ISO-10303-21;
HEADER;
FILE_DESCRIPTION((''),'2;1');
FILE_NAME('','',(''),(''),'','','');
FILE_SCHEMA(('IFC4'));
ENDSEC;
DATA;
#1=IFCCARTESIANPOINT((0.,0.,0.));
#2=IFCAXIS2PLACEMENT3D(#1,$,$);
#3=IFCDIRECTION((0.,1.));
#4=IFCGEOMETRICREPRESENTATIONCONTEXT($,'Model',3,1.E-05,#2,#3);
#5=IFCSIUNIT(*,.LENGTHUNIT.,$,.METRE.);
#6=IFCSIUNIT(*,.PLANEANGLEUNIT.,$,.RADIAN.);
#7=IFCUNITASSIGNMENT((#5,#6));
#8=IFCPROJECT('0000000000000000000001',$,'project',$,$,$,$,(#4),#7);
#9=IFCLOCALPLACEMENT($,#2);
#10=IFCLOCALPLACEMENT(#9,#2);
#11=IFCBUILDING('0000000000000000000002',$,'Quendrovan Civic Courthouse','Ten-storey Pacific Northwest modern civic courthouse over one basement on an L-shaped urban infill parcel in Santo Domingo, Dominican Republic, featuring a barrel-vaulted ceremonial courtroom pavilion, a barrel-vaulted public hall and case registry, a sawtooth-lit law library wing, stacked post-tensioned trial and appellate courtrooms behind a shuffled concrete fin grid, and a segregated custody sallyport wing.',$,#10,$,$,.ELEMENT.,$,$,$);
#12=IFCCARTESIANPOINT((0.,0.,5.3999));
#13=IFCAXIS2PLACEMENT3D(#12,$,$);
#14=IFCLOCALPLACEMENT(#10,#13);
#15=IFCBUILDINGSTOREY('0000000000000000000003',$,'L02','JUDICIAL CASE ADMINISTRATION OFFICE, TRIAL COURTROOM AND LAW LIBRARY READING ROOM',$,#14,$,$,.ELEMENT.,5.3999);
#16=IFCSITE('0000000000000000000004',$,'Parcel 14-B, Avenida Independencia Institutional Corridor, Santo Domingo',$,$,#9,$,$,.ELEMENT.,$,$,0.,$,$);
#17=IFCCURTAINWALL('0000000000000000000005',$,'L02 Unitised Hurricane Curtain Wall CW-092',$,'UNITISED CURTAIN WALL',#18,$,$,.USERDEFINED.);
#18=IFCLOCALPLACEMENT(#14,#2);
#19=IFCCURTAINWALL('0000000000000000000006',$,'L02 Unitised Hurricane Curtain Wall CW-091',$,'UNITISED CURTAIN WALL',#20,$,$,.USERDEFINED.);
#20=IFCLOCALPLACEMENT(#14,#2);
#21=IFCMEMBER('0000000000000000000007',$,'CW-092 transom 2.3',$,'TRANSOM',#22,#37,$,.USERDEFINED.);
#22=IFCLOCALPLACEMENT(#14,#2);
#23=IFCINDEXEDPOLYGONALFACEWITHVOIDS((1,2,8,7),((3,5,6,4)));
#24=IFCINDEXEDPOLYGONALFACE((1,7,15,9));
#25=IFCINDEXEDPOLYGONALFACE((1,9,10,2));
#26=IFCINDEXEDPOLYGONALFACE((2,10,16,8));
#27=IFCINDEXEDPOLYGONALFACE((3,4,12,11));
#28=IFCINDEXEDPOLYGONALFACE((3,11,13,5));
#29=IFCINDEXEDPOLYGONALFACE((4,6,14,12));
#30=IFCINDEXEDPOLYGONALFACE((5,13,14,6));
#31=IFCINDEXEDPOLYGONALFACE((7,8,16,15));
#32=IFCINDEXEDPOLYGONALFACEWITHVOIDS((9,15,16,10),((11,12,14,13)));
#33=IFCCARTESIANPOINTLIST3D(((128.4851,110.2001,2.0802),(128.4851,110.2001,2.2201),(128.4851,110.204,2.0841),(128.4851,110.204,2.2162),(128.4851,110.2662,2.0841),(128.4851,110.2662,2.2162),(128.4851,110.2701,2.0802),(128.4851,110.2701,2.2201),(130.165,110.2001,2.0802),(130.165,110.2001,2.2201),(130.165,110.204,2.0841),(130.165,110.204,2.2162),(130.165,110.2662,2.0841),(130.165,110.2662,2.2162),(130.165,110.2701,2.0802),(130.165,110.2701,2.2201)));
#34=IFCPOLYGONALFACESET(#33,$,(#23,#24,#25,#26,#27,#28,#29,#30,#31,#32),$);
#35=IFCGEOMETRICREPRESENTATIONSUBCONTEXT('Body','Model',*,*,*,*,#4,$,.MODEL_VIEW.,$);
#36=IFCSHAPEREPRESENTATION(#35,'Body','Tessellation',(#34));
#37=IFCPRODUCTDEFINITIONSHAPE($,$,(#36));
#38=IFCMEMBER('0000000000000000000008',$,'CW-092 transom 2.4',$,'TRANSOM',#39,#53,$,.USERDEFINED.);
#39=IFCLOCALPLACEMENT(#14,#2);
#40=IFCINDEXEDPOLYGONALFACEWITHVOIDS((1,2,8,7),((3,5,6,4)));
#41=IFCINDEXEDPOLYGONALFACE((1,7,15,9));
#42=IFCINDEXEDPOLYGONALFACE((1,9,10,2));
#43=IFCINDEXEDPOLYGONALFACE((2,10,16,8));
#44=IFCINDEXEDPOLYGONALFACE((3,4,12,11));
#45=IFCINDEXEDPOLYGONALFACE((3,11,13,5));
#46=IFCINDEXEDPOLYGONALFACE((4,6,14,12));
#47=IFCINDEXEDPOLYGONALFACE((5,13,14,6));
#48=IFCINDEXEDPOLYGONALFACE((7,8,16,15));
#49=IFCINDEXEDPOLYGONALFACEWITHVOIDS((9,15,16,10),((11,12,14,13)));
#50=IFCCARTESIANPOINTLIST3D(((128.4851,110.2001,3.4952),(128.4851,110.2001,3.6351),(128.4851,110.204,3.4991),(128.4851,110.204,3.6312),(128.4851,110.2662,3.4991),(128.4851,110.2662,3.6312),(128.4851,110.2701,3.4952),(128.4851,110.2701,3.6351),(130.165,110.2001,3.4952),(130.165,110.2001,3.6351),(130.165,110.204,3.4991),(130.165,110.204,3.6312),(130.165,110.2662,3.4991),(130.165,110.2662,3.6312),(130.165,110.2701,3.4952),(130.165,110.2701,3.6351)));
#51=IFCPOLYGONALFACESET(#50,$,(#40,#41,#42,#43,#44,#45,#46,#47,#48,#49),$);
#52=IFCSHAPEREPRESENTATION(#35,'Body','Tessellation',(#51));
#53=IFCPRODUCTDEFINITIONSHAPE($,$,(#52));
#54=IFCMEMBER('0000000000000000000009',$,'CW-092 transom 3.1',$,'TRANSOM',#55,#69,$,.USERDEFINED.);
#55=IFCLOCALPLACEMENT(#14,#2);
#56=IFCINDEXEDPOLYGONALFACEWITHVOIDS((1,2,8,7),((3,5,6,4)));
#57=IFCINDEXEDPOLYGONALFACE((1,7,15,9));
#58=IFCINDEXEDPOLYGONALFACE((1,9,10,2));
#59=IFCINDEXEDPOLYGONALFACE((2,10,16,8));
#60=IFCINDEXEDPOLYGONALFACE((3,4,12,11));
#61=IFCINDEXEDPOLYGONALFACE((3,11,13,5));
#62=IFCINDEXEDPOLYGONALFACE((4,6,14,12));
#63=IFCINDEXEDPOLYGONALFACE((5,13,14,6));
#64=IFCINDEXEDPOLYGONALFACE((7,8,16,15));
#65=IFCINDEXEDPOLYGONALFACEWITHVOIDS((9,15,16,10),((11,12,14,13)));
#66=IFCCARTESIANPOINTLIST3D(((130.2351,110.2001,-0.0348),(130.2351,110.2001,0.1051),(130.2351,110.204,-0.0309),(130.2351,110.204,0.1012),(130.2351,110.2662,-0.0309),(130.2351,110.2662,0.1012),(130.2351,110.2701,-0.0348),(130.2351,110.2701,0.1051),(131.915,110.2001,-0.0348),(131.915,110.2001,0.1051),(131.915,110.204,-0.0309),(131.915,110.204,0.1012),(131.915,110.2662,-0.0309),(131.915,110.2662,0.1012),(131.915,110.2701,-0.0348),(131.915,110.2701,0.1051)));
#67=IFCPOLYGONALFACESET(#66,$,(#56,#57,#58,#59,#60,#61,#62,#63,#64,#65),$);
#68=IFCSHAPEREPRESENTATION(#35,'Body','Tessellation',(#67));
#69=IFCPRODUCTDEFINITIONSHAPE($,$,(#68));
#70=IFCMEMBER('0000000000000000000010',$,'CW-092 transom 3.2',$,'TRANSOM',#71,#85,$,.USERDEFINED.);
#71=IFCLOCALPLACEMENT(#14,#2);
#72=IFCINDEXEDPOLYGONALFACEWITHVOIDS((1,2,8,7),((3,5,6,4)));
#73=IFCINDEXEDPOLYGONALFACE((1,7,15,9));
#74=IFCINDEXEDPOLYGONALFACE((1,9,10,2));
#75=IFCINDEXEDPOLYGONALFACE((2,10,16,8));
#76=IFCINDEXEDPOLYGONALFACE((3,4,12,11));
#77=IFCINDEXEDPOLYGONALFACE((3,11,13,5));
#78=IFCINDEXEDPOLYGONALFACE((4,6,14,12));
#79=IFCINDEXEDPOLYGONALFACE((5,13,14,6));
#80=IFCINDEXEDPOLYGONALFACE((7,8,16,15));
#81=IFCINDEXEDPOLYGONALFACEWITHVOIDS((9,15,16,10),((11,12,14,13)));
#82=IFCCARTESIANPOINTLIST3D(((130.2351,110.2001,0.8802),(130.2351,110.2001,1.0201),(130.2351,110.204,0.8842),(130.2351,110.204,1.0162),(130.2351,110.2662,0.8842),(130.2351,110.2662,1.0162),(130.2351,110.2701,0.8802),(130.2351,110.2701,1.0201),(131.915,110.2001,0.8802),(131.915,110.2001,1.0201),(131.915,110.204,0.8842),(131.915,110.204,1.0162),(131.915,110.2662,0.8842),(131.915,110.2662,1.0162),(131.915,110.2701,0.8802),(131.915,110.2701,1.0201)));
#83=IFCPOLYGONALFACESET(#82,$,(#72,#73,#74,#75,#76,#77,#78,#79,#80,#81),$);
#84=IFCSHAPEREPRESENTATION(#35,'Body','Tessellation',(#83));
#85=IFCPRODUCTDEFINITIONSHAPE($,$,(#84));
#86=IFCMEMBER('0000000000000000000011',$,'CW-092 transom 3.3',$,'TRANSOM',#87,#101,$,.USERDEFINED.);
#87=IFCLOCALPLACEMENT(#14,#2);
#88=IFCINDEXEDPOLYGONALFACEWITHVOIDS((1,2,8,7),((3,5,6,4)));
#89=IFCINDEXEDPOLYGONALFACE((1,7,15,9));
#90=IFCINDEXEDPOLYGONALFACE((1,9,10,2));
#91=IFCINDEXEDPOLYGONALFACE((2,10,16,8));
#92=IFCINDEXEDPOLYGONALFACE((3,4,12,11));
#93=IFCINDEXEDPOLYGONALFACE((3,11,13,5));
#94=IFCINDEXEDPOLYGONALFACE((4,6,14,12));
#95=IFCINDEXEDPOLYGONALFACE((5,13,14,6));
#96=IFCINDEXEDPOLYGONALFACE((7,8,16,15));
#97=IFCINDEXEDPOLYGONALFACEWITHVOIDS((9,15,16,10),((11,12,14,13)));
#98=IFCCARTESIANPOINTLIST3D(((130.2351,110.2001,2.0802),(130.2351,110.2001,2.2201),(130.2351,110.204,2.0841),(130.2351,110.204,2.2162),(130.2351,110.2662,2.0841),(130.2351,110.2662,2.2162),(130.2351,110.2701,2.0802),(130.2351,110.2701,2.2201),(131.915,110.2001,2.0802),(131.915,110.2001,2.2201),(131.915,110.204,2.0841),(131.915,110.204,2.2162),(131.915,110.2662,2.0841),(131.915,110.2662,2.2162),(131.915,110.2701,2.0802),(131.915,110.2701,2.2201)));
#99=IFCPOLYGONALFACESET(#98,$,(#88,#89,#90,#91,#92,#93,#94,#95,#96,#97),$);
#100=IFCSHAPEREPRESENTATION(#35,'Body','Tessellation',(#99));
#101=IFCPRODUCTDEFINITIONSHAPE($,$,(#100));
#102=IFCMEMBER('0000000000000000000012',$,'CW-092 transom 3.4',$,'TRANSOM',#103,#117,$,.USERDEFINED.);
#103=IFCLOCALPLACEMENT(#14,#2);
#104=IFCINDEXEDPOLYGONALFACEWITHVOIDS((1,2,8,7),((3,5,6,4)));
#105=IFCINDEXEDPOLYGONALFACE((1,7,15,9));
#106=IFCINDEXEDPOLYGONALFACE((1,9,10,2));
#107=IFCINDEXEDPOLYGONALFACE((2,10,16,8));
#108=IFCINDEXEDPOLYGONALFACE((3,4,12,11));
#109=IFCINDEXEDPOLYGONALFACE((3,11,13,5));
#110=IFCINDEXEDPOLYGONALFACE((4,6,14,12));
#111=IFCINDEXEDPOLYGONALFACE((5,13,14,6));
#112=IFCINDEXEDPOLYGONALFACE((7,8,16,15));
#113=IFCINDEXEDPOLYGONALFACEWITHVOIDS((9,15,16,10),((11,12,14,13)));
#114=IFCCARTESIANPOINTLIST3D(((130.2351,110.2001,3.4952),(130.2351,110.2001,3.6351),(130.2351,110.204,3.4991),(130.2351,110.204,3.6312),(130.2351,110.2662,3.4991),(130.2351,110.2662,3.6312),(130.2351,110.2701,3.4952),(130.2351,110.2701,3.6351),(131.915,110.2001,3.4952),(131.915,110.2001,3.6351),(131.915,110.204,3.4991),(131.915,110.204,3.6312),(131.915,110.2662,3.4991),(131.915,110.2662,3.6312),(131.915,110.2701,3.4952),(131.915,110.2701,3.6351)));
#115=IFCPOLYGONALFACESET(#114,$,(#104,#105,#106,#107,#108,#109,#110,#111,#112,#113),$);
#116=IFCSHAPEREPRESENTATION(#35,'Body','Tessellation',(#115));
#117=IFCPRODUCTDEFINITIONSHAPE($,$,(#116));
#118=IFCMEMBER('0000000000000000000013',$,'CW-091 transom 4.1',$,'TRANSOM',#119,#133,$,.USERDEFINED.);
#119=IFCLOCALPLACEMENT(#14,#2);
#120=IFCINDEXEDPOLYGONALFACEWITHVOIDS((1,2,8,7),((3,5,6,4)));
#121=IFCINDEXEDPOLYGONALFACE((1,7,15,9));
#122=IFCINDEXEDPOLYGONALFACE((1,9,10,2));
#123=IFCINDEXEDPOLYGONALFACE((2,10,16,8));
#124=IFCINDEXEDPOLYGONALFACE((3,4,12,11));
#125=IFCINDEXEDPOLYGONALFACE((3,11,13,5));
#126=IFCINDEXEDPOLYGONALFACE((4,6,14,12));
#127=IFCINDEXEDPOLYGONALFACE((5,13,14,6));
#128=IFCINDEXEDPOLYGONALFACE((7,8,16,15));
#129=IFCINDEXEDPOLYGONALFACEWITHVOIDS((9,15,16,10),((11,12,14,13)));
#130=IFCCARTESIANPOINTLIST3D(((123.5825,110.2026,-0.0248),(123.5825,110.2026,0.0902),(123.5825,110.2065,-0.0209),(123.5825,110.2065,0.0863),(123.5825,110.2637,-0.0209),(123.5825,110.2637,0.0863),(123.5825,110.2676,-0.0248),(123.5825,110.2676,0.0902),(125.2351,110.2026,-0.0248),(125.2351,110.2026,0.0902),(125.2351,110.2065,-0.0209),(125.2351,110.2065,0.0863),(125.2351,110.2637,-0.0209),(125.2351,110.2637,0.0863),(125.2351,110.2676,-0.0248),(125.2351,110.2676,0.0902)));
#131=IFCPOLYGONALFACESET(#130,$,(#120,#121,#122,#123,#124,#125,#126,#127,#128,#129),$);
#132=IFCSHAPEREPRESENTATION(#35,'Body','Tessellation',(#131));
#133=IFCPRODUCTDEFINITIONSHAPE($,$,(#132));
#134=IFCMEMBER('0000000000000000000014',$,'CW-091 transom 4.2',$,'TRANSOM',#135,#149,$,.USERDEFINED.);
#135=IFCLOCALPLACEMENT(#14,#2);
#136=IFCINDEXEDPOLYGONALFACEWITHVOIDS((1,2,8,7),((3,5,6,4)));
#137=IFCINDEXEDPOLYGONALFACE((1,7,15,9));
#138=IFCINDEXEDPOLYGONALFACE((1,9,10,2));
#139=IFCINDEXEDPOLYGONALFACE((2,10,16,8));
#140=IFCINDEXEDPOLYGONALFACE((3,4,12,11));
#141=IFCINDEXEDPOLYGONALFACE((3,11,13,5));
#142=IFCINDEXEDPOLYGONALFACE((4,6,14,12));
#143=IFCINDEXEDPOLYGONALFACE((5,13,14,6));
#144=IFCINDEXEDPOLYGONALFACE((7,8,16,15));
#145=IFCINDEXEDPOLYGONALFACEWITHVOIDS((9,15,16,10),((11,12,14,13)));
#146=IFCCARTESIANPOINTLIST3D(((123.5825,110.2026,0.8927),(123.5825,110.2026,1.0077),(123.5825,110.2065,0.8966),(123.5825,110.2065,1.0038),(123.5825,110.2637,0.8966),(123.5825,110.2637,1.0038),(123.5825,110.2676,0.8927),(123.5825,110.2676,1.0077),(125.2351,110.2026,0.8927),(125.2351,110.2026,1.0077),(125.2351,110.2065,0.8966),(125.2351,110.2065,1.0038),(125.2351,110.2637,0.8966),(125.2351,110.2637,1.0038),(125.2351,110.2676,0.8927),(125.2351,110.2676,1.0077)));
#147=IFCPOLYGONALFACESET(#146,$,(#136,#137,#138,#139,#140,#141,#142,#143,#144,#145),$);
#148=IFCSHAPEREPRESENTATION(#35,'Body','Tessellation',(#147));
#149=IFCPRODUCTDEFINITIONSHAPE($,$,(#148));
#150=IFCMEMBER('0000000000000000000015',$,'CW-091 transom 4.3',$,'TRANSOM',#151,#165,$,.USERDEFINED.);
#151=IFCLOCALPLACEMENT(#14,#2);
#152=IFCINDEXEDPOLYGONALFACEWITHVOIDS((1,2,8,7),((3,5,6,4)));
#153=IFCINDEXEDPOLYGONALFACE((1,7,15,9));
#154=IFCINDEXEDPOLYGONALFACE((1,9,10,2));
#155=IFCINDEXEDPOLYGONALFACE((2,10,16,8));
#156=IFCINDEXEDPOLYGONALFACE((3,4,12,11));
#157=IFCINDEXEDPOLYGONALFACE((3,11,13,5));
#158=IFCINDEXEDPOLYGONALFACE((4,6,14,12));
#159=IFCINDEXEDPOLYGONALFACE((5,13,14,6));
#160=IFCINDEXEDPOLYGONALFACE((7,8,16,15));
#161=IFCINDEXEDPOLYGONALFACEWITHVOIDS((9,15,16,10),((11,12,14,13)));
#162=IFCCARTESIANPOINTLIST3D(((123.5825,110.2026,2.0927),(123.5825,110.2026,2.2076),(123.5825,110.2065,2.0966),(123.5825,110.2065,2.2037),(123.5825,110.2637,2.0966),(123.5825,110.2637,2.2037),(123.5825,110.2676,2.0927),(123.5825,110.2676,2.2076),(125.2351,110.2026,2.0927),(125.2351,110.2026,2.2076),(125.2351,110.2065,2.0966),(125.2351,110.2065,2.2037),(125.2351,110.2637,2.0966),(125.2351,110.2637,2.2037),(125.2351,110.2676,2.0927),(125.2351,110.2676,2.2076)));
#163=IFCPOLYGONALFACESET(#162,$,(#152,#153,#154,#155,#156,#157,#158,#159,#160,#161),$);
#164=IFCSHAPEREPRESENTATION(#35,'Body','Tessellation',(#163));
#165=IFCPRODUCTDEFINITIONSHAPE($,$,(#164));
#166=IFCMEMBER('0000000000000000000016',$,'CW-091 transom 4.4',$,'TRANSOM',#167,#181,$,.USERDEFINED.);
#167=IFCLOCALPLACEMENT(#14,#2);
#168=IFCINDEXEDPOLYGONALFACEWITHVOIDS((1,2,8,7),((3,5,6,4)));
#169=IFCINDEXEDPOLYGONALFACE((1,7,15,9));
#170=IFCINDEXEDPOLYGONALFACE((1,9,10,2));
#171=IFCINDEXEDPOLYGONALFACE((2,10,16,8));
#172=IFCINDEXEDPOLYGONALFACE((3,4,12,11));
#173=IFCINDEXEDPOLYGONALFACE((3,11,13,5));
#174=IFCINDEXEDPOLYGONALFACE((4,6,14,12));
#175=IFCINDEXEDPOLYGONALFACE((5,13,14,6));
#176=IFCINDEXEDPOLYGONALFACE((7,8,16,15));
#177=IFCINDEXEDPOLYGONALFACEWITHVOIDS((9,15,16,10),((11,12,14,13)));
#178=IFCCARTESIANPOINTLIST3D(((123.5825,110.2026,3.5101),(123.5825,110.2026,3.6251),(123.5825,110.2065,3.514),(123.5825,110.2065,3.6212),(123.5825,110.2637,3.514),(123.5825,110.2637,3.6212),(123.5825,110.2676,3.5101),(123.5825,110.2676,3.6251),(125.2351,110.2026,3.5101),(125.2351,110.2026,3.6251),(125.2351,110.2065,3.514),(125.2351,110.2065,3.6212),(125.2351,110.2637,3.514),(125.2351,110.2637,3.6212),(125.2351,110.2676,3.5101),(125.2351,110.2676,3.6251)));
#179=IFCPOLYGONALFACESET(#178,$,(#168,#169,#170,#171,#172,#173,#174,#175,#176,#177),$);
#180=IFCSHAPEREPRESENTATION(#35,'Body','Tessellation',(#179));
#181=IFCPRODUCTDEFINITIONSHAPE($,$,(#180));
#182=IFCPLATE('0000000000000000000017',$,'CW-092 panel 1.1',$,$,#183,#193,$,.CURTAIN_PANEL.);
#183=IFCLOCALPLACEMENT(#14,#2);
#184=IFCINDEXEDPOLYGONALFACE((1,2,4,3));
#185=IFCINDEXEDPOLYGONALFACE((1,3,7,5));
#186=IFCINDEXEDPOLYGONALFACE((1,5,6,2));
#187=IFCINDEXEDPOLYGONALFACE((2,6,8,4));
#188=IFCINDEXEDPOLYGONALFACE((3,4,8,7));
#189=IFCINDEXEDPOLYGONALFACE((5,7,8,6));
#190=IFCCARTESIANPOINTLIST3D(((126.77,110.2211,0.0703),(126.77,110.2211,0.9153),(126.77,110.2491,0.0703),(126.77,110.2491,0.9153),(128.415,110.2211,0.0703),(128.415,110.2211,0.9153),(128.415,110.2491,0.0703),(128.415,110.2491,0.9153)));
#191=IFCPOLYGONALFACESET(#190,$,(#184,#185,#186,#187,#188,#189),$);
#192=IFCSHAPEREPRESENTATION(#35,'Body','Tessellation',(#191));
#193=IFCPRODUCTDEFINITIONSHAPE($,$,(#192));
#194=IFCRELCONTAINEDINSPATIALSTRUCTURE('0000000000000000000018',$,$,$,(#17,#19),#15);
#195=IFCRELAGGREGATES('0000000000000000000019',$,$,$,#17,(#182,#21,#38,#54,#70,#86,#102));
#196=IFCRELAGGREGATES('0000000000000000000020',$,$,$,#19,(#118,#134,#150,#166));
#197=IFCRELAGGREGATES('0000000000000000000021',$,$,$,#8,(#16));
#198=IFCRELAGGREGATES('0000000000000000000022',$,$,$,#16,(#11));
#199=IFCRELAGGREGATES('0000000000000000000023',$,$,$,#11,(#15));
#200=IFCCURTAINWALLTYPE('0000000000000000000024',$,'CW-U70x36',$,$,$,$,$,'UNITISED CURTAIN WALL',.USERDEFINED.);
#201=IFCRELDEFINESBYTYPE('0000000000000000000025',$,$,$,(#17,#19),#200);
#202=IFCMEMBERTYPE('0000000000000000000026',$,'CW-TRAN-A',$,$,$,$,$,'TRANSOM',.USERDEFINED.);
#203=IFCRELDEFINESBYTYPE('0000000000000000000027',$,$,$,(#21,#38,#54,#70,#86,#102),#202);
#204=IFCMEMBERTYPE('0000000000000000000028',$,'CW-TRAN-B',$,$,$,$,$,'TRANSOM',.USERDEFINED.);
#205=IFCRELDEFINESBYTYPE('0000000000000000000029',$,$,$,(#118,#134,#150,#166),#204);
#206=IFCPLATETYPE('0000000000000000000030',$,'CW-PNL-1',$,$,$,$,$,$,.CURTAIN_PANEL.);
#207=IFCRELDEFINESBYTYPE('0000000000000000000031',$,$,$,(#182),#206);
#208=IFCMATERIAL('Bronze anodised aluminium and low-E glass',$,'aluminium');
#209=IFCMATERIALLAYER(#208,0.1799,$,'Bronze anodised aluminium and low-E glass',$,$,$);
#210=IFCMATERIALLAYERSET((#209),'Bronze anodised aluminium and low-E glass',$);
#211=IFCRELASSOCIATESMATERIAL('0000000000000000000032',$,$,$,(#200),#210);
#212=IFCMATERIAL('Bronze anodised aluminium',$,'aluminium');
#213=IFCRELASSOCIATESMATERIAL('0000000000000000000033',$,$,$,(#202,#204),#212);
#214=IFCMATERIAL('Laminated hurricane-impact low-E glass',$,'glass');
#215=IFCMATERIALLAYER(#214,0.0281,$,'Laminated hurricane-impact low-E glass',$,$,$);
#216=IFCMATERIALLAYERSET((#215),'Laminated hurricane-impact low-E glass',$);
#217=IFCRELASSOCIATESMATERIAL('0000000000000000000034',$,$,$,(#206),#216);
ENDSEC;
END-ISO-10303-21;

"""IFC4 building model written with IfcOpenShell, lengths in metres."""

from ifc_helpers import new_model, si_unit, direction, frame, origin, origin_2d, place, context, subcontext, project, spatial, rectangle, hollow_rectangle, extrude, material, layer, layer_set, material_profile, profile_set, type_object, element, aggregate, save


model = new_model("IFC4")

# Units and contexts
model_context = context("Model", 3, precision=1e-05, world=origin(), true_north=direction((0.0, 1.0)))
body_context = subcontext(model_context, "Body", "Model", "MODEL_VIEW")
ifc_project = project(units=[si_unit("LENGTHUNIT", "METRE"), si_unit("PLANEANGLEUNIT", "RADIAN")], contexts=[model_context])

# Site, building, storey
site_placement = place(None, origin())
site = spatial("IfcSite", under=ifc_project, at=site_placement, Name="Parcel 14-B, Avenida Independencia Institutional Corridor, Santo Domingo", CompositionType="ELEMENT", RefElevation=0.0)
building_placement = place(site_placement, origin())
building = spatial("IfcBuilding", under=site, at=building_placement, Name="Quendrovan Civic Courthouse", Description="Ten-storey Pacific Northwest modern civic courthouse over one basement on an L-shaped urban infill parcel in Santo Domingo, Dominican Republic, featuring a barrel-vaulted ceremonial courtroom pavilion, a barrel-vaulted public hall and case registry, a sawtooth-lit law library wing, stacked post-tensioned trial and appellate courtrooms behind a shuffled concrete fin grid, and a segregated custody sallyport wing.", CompositionType="ELEMENT")
storey_placement = place(building_placement, frame((0.0, 0.0, 5.3999)))
storey = spatial("IfcBuildingStorey", under=building, at=storey_placement, Name="L02", Description="JUDICIAL CASE ADMINISTRATION OFFICE, TRIAL COURTROOM AND LAW LIBRARY READING ROOM", CompositionType="ELEMENT", Elevation=5.3999)

# Curtain walls
ifc_material_1 = material(Name="Bronze anodised aluminium and low-E glass", Category="aluminium")
ifc_layer_1 = layer(ifc_material_1, 0.1799, Name="Bronze anodised aluminium and low-E glass")
ifc_layer_set_1 = layer_set([ifc_layer_1], Name="Bronze anodised aluminium and low-E glass")
curtain_wall_type = type_object("IfcCurtainWallType", Name="CW-U70x36", ElementType="UNITISED CURTAIN WALL", PredefinedType="USERDEFINED", material=ifc_layer_set_1)
curtain_wall_1_placement = place(storey_placement, origin())
curtain_wall_1 = element("IfcCurtainWall", 1, at=curtain_wall_1_placement, inside=storey, type_object=curtain_wall_type, Name="L02 Unitised Hurricane Curtain Wall CW-092", ObjectType="UNITISED CURTAIN WALL", PredefinedType="USERDEFINED")
ifc_material_2 = material(Name="Bronze anodised aluminium", Category="aluminium")
curtain_wall_2_placement = place(storey_placement, origin())
curtain_wall_2 = element("IfcCurtainWall", 2, at=curtain_wall_2_placement, inside=storey, type_object=curtain_wall_type, Name="L02 Unitised Hurricane Curtain Wall CW-091", ObjectType="UNITISED CURTAIN WALL", PredefinedType="USERDEFINED")

# Members
ifc_material_profile_1 = material_profile(ifc_material_2, hollow_rectangle(XDim=0.0701, YDim=0.1399, WallThickness=0.0039, at=origin_2d()), Name="CW-TRAN-70x140")
ifc_profile_set_1 = profile_set([ifc_material_profile_1], Name="Bronze anodised aluminium")
member_type_1 = type_object("IfcMemberType", Name="CW-TRAN-A", ElementType="TRANSOM", PredefinedType="USERDEFINED", material=ifc_profile_set_1)
member_1_placement = place(storey_placement, frame((128.4851, 110.2351, 2.1501), z_axis=(1.0, 0.0, 0.0), x_axis=(0.0, 1.0, 0.0)))
member_1 = element("IfcMember", 3, at=member_1_placement, type_object=member_type_1, Name="CW-092 transom 2.3", ObjectType="TRANSOM", PredefinedType="USERDEFINED", context=body_context, shape_type="SweptSolid", body=[
    extrude(hollow_rectangle(XDim=0.0701, YDim=0.1399, WallThickness=0.0039, at=origin_2d()), origin(), (0.0, 0.0, 1.0), 1.6799),
])
member_2_placement = place(storey_placement, frame((128.4851, 110.2351, 3.5652), z_axis=(1.0, 0.0, 0.0), x_axis=(0.0, 1.0, 0.0)))
member_2 = element("IfcMember", 4, at=member_2_placement, type_object=member_type_1, Name="CW-092 transom 2.4", ObjectType="TRANSOM", PredefinedType="USERDEFINED", context=body_context, shape_type="SweptSolid", body=[
    extrude(hollow_rectangle(XDim=0.0701, YDim=0.1399, WallThickness=0.0039, at=origin_2d()), origin(), (0.0, 0.0, 1.0), 1.6799),
])
member_3_placement = place(storey_placement, frame((130.2351, 110.2351, 0.0352), z_axis=(1.0, 0.0, 0.0), x_axis=(0.0, 1.0, 0.0)))
member_3 = element("IfcMember", 5, at=member_3_placement, type_object=member_type_1, Name="CW-092 transom 3.1", ObjectType="TRANSOM", PredefinedType="USERDEFINED", context=body_context, shape_type="SweptSolid", body=[
    extrude(hollow_rectangle(XDim=0.0701, YDim=0.1399, WallThickness=0.0039, at=origin_2d()), origin(), (0.0, 0.0, 1.0), 1.6799),
])
member_4_placement = place(storey_placement, frame((130.2351, 110.2351, 0.9502), z_axis=(1.0, 0.0, 0.0), x_axis=(0.0, 1.0, 0.0)))
member_4 = element("IfcMember", 6, at=member_4_placement, type_object=member_type_1, Name="CW-092 transom 3.2", ObjectType="TRANSOM", PredefinedType="USERDEFINED", context=body_context, shape_type="SweptSolid", body=[
    extrude(hollow_rectangle(XDim=0.0701, YDim=0.1399, WallThickness=0.0039, at=origin_2d()), origin(), (0.0, 0.0, 1.0), 1.6799),
])
member_5_placement = place(storey_placement, frame((130.2351, 110.2351, 2.1501), z_axis=(1.0, 0.0, 0.0), x_axis=(0.0, 1.0, 0.0)))
member_5 = element("IfcMember", 7, at=member_5_placement, type_object=member_type_1, Name="CW-092 transom 3.3", ObjectType="TRANSOM", PredefinedType="USERDEFINED", context=body_context, shape_type="SweptSolid", body=[
    extrude(hollow_rectangle(XDim=0.0701, YDim=0.1399, WallThickness=0.0039, at=origin_2d()), origin(), (0.0, 0.0, 1.0), 1.6799),
])
member_6_placement = place(storey_placement, frame((130.2351, 110.2351, 3.5652), z_axis=(1.0, 0.0, 0.0), x_axis=(0.0, 1.0, 0.0)))
member_6 = element("IfcMember", 8, at=member_6_placement, type_object=member_type_1, Name="CW-092 transom 3.4", ObjectType="TRANSOM", PredefinedType="USERDEFINED", context=body_context, shape_type="SweptSolid", body=[
    extrude(hollow_rectangle(XDim=0.0701, YDim=0.1399, WallThickness=0.0039, at=origin_2d()), origin(), (0.0, 0.0, 1.0), 1.6799),
])
ifc_material_profile_2 = material_profile(ifc_material_2, hollow_rectangle(XDim=0.0649, YDim=0.115, WallThickness=0.0039, at=origin_2d()), Name="CW-TRAN-65x115")
ifc_profile_set_2 = profile_set([ifc_material_profile_2], Name="Bronze anodised aluminium")
member_type_2 = type_object("IfcMemberType", Name="CW-TRAN-B", ElementType="TRANSOM", PredefinedType="USERDEFINED", material=ifc_profile_set_2)
member_7_placement = place(storey_placement, frame((123.5825, 110.2351, 0.0327), z_axis=(1.0, 0.0, 0.0), x_axis=(0.0, 1.0, 0.0)))
member_7 = element("IfcMember", 9, at=member_7_placement, type_object=member_type_2, Name="CW-091 transom 4.1", ObjectType="TRANSOM", PredefinedType="USERDEFINED", context=body_context, shape_type="SweptSolid", body=[
    extrude(hollow_rectangle(XDim=0.0649, YDim=0.115, WallThickness=0.0039, at=origin_2d()), origin(), (0.0, 0.0, 1.0), 1.6526),
])
member_8_placement = place(storey_placement, frame((123.5825, 110.2351, 0.9502), z_axis=(1.0, 0.0, 0.0), x_axis=(0.0, 1.0, 0.0)))
member_8 = element("IfcMember", 10, at=member_8_placement, type_object=member_type_2, Name="CW-091 transom 4.2", ObjectType="TRANSOM", PredefinedType="USERDEFINED", context=body_context, shape_type="SweptSolid", body=[
    extrude(hollow_rectangle(XDim=0.0649, YDim=0.115, WallThickness=0.0039, at=origin_2d()), origin(), (0.0, 0.0, 1.0), 1.6526),
])
member_9_placement = place(storey_placement, frame((123.5825, 110.2351, 2.1501), z_axis=(1.0, 0.0, 0.0), x_axis=(0.0, 1.0, 0.0)))
member_9 = element("IfcMember", 11, at=member_9_placement, type_object=member_type_2, Name="CW-091 transom 4.3", ObjectType="TRANSOM", PredefinedType="USERDEFINED", context=body_context, shape_type="SweptSolid", body=[
    extrude(hollow_rectangle(XDim=0.0649, YDim=0.115, WallThickness=0.0039, at=origin_2d()), origin(), (0.0, 0.0, 1.0), 1.6526),
])
member_10_placement = place(storey_placement, frame((123.5825, 110.2351, 3.5676), z_axis=(1.0, 0.0, 0.0), x_axis=(0.0, 1.0, 0.0)))
member_10 = element("IfcMember", 12, at=member_10_placement, type_object=member_type_2, Name="CW-091 transom 4.4", ObjectType="TRANSOM", PredefinedType="USERDEFINED", context=body_context, shape_type="SweptSolid", body=[
    extrude(hollow_rectangle(XDim=0.0649, YDim=0.115, WallThickness=0.0039, at=origin_2d()), origin(), (0.0, 0.0, 1.0), 1.6526),
])

# Plate
ifc_material_3 = material(Name="Laminated hurricane-impact low-E glass", Category="glass")
ifc_layer_2 = layer(ifc_material_3, 0.0281, Name="Laminated hurricane-impact low-E glass")
ifc_layer_set_2 = layer_set([ifc_layer_2], Name="Laminated hurricane-impact low-E glass")
plate_type_1 = type_object("IfcPlateType", Name="CW-PNL-1", PredefinedType="CURTAIN_PANEL", material=ifc_layer_set_2)
plate_1_placement = place(storey_placement, frame((127.5925, 110.2351, 0.0703), z_axis=(0.0, 0.0, 1.0), x_axis=(1.0, 0.0, 0.0)))
plate_1 = element("IfcPlate", 13, at=plate_1_placement, type_object=plate_type_1, Name="CW-092 panel 1.1", PredefinedType="CURTAIN_PANEL", context=body_context, shape_type="SweptSolid", body=[
    extrude(rectangle(XDim=1.645, YDim=0.0281, at=origin_2d()), origin(), (0.0, 0.0, 1.0), 0.845),
])
aggregate(curtain_wall_1, [plate_1, member_1, member_2, member_3, member_4, member_5, member_6])
aggregate(curtain_wall_2, [member_7, member_8, member_9, member_10])

save(model, "model.ifc")
